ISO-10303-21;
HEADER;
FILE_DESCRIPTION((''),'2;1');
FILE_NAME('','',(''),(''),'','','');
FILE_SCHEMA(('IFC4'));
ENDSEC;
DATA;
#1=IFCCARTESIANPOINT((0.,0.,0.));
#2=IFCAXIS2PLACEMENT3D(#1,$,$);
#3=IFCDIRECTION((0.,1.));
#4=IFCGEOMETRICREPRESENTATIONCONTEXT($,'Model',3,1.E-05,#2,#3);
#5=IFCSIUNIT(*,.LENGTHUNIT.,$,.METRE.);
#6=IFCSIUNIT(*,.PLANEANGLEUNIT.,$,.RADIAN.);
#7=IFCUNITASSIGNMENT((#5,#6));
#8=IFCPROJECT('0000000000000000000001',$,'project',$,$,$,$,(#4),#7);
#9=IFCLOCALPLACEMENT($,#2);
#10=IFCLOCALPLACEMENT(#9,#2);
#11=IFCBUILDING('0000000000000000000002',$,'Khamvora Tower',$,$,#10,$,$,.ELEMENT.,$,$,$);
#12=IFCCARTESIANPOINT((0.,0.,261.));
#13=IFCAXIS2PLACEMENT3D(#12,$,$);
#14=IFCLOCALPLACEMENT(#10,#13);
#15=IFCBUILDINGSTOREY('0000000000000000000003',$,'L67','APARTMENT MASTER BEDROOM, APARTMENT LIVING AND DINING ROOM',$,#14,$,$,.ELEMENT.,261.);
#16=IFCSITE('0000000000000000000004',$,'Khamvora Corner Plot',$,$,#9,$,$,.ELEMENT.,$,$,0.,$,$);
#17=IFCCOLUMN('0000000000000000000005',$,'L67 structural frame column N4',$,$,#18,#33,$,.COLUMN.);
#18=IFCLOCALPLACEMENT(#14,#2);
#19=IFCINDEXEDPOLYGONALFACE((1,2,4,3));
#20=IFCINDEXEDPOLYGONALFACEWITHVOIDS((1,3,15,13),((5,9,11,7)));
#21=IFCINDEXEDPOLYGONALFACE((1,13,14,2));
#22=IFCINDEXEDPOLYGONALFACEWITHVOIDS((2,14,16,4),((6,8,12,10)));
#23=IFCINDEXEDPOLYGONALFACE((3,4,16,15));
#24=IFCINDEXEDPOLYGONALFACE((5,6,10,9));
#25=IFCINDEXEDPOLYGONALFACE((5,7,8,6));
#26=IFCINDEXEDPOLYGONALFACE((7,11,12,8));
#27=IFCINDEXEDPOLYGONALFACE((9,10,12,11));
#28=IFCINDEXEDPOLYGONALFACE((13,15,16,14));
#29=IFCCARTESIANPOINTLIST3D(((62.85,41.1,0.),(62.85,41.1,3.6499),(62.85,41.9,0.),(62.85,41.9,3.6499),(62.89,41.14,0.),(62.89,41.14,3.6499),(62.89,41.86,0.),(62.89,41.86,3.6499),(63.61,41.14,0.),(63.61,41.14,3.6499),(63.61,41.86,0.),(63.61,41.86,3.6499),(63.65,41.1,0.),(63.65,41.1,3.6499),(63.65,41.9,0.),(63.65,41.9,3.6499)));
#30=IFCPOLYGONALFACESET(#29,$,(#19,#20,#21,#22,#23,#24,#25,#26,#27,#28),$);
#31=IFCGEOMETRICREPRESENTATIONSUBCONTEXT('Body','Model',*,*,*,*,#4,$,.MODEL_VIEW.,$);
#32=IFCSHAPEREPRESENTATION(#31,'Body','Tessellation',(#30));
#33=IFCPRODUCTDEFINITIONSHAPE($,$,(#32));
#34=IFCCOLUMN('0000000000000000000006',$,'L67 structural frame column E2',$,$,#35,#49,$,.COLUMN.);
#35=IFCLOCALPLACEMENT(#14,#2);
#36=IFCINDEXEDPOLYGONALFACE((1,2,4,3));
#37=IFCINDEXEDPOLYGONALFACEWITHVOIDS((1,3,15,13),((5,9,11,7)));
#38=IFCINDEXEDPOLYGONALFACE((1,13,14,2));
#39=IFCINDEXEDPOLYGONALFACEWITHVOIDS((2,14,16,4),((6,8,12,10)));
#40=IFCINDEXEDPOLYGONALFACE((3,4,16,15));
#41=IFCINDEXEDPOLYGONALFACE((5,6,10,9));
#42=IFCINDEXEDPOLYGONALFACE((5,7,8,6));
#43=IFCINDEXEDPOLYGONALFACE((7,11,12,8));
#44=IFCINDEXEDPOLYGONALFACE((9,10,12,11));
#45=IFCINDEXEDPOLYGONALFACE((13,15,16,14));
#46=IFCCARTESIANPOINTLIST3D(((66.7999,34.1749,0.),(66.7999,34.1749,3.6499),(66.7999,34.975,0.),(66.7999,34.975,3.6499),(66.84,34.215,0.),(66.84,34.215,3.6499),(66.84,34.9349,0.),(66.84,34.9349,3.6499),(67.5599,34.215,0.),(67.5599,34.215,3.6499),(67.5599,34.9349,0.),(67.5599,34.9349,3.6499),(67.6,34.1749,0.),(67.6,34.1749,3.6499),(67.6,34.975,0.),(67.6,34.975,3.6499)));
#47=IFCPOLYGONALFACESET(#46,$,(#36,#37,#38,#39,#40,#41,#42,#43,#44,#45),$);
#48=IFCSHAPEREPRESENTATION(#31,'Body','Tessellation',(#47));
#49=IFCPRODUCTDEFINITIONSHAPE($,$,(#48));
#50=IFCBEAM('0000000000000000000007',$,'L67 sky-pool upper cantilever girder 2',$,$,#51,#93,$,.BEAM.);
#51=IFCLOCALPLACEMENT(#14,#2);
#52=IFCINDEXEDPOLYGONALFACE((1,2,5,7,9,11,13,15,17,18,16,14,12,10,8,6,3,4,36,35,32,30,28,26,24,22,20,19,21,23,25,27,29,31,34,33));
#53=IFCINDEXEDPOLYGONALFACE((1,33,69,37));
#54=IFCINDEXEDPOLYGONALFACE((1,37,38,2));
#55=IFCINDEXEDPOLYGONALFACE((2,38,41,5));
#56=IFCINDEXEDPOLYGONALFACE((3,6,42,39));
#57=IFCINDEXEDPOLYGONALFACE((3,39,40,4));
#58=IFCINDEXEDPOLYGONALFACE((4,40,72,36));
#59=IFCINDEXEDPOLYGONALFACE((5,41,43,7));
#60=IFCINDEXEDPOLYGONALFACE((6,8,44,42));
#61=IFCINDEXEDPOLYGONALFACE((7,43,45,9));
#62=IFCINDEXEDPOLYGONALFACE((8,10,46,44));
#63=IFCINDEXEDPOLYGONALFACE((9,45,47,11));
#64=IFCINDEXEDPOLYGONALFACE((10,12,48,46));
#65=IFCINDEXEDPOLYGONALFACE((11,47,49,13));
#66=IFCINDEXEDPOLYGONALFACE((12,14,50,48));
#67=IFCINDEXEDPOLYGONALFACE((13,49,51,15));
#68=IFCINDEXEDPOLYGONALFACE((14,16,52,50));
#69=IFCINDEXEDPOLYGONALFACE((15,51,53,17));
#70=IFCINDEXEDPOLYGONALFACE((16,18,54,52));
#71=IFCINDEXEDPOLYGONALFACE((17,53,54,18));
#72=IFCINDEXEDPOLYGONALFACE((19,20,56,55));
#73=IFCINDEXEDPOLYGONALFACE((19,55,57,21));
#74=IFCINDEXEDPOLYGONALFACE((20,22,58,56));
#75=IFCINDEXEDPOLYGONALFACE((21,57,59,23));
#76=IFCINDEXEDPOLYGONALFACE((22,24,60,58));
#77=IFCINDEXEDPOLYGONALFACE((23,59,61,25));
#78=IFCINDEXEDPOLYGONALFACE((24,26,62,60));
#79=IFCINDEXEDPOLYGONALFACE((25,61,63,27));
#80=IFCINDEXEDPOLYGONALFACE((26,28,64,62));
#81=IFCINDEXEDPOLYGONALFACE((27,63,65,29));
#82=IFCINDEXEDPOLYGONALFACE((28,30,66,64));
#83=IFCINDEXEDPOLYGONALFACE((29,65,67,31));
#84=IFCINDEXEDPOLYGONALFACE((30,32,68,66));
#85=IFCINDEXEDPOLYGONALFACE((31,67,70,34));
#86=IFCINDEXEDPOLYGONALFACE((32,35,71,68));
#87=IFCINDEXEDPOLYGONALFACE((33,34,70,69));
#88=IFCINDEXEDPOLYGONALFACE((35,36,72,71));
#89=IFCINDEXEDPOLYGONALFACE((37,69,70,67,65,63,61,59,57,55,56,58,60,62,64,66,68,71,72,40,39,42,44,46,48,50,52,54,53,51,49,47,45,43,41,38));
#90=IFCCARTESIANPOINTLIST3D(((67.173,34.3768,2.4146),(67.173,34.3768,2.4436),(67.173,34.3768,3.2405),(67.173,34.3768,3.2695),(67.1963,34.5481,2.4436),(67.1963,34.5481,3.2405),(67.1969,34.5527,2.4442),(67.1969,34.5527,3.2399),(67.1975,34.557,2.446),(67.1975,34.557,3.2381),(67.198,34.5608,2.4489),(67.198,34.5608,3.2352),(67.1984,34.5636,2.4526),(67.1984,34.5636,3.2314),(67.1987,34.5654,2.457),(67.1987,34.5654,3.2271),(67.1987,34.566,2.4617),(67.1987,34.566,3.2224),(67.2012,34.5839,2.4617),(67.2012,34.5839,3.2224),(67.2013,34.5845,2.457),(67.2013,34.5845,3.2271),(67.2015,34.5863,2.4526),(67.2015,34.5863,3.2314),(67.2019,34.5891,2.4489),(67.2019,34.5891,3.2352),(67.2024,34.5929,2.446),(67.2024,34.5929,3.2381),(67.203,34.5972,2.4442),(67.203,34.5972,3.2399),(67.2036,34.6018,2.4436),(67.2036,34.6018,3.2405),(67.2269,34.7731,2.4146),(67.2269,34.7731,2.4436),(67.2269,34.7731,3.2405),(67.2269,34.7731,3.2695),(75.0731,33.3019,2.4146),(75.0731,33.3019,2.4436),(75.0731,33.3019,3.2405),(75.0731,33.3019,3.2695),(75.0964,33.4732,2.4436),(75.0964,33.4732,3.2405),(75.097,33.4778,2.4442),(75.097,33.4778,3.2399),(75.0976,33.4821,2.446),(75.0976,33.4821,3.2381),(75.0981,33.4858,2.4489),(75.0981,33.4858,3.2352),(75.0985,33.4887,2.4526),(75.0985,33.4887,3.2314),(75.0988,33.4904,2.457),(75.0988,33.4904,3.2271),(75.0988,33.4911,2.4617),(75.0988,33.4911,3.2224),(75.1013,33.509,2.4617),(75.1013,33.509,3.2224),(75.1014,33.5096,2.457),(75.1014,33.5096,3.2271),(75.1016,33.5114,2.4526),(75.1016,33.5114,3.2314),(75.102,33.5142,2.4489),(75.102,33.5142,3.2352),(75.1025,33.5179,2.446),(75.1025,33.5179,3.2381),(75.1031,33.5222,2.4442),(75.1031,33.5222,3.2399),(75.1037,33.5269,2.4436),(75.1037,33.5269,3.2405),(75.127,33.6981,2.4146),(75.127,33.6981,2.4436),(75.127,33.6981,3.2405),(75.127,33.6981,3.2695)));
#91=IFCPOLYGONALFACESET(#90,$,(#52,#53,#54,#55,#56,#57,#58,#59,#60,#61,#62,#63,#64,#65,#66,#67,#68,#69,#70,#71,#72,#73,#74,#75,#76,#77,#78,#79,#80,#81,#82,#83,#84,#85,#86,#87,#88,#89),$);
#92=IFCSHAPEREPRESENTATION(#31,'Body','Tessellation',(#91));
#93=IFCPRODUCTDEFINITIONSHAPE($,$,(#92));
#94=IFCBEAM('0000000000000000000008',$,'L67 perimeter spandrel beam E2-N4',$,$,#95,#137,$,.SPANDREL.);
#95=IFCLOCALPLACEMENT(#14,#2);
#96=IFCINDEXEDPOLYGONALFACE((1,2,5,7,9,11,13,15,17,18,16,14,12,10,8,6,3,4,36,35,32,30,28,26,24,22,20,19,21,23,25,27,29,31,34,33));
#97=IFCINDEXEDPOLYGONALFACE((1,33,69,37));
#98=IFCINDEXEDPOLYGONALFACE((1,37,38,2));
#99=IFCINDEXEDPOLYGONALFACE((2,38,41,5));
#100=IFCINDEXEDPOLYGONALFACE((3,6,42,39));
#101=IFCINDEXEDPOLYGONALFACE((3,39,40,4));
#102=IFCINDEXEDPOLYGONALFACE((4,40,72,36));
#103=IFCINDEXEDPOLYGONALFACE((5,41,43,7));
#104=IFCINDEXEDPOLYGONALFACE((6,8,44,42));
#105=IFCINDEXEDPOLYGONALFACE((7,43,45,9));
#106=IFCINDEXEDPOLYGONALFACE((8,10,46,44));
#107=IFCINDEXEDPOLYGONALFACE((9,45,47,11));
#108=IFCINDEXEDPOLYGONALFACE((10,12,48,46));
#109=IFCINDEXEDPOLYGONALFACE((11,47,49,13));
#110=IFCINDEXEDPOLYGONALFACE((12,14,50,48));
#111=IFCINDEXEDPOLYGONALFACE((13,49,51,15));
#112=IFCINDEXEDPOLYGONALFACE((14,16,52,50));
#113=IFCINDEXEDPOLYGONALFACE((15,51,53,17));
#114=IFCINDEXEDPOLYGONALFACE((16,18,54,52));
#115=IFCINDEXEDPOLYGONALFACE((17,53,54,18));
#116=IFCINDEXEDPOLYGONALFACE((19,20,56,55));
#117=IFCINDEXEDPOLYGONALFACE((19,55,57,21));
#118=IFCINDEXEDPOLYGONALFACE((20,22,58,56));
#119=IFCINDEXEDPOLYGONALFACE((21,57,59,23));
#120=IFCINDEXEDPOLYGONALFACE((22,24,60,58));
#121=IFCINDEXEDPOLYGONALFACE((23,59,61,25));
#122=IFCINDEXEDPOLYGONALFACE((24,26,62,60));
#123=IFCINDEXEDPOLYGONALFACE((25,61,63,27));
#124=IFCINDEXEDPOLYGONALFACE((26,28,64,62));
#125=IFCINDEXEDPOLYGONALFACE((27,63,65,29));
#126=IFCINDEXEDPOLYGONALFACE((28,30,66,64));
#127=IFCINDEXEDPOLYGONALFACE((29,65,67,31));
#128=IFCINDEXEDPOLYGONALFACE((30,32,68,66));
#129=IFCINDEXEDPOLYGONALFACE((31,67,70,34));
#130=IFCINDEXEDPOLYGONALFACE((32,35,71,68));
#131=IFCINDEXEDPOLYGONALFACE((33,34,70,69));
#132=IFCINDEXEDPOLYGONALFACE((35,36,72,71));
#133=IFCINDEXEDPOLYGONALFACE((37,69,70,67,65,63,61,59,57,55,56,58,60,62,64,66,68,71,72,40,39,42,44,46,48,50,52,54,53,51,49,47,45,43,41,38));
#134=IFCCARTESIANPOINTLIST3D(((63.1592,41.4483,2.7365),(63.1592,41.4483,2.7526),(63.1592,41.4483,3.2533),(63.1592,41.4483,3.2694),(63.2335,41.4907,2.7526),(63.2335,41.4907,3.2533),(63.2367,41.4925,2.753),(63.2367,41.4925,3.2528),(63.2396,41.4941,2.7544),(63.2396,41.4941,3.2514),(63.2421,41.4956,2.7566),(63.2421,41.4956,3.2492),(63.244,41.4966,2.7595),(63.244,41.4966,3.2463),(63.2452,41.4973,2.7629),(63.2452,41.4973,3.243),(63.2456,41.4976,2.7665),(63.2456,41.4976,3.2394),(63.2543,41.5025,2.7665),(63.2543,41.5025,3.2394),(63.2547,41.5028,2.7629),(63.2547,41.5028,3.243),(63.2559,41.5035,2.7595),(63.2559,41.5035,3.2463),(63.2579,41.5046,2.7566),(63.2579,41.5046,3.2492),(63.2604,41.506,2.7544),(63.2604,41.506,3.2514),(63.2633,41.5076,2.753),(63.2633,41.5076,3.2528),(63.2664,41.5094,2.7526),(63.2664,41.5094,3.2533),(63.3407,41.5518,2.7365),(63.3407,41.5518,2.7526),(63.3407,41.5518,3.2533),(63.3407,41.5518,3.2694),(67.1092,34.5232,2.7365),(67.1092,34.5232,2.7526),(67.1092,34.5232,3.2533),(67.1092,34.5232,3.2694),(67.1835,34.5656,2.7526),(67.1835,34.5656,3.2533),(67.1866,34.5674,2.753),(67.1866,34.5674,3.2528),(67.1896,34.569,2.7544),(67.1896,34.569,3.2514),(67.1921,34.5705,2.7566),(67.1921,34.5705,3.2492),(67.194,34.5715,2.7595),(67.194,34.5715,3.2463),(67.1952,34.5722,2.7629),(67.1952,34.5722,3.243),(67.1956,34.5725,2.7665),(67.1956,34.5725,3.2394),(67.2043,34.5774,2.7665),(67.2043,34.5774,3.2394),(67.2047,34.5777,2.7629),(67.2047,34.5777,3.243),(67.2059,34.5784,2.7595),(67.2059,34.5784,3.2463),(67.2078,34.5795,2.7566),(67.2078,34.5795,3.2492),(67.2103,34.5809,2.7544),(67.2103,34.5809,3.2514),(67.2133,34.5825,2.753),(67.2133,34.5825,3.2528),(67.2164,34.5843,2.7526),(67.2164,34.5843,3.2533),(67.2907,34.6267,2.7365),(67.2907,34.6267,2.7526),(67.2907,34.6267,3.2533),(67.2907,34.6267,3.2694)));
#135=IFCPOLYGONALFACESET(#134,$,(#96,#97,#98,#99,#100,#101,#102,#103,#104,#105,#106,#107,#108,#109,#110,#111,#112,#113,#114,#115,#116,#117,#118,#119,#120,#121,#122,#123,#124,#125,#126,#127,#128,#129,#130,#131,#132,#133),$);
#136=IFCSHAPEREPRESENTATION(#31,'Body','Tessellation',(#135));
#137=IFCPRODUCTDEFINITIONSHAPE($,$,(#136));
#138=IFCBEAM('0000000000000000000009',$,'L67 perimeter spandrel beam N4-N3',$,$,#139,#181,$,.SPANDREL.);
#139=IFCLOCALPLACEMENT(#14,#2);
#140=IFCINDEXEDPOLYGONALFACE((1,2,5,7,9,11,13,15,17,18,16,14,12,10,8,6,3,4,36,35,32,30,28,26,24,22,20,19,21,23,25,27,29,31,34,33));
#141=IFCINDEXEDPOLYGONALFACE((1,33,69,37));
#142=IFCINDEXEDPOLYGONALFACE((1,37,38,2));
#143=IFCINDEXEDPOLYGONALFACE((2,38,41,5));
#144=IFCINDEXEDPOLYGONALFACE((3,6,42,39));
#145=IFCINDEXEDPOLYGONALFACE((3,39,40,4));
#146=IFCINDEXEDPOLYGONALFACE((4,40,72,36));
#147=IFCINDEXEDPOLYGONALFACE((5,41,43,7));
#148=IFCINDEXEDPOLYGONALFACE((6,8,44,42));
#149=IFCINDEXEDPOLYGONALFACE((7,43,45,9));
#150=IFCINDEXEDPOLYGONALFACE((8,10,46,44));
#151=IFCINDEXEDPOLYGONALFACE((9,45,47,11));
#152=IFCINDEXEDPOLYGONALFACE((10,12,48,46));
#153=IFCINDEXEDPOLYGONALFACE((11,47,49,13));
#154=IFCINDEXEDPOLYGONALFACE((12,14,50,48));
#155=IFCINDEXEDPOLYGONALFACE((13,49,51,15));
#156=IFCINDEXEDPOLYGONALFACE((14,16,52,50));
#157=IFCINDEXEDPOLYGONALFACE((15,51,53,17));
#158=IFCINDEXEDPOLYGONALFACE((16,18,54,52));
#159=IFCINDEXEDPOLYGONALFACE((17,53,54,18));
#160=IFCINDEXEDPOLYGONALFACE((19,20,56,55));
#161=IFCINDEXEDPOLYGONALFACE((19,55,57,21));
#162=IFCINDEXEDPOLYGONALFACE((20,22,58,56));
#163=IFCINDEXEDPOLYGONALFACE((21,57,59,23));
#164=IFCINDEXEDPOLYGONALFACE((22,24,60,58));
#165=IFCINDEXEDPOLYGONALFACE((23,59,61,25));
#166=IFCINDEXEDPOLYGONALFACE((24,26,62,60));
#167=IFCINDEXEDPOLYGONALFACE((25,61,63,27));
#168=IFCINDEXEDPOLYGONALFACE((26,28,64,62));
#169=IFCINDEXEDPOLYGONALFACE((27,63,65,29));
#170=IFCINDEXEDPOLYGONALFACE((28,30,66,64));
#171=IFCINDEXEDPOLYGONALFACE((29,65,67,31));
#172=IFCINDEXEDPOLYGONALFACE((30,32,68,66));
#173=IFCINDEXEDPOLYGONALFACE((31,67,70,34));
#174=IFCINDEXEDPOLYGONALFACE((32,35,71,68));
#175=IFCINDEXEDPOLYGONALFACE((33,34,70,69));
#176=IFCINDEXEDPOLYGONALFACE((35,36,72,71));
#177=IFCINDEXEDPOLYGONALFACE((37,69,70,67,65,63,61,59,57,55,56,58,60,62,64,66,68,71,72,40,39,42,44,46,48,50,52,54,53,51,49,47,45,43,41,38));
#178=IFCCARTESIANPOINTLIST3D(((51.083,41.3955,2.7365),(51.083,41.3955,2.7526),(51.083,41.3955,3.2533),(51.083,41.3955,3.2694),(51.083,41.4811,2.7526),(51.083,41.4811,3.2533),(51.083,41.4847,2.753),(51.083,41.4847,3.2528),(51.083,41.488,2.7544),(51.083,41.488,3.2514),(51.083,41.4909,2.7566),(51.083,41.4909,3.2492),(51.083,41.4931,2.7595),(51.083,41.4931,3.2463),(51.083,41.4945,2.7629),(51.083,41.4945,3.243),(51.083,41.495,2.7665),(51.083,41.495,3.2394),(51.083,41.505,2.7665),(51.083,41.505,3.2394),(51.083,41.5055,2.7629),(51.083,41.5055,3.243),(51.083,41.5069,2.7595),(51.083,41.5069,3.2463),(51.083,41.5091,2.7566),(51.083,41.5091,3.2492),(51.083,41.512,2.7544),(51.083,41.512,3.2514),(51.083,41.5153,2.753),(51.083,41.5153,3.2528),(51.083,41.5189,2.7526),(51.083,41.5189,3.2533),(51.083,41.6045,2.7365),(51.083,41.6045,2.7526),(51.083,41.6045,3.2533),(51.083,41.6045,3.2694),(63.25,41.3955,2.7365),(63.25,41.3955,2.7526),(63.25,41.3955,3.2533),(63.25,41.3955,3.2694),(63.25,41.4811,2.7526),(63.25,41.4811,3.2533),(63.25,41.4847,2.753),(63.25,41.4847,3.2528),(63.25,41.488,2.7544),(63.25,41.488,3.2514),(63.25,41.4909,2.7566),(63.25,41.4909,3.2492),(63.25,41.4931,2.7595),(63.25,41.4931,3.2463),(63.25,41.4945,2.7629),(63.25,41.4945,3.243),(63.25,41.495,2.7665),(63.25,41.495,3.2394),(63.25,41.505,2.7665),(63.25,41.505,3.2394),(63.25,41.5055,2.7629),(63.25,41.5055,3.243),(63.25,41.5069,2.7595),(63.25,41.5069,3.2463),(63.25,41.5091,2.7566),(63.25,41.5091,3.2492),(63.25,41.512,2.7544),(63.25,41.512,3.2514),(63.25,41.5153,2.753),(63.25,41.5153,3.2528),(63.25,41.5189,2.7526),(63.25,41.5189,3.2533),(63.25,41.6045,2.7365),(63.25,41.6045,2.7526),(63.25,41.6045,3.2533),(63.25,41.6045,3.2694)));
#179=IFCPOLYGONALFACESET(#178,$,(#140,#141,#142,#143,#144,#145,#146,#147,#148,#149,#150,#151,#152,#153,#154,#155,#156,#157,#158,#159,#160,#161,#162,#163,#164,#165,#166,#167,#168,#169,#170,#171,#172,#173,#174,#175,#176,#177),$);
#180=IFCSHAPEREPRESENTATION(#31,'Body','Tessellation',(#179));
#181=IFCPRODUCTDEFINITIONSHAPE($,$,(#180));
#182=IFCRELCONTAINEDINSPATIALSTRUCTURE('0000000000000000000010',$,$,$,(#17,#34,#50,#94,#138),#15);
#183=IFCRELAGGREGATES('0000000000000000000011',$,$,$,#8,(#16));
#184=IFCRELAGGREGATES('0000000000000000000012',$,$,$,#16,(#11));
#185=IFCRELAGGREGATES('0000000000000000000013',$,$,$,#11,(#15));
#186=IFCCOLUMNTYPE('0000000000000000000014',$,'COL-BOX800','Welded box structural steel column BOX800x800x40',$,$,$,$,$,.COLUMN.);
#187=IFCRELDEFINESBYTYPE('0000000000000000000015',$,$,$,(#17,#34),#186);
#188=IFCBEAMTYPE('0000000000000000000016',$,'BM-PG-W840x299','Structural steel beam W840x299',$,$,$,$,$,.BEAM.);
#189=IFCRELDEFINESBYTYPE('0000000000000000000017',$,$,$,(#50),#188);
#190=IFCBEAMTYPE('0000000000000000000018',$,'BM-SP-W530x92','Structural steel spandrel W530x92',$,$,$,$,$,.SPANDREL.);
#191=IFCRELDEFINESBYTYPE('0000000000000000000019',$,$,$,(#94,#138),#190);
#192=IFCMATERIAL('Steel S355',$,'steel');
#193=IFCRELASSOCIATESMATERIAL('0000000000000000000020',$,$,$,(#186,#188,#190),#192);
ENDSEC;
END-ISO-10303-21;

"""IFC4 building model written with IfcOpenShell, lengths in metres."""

from ifc_helpers import new_model, si_unit, direction, frame, origin, origin_2d, place, context, subcontext, project, spatial, hollow_rectangle, i_section, extrude, material, material_profile, profile_set, type_object, element, save


model = new_model("IFC4")

# Units and contexts
model_context = context("Model", 3, precision=1e-05, world=origin(), true_north=direction((0.0, 1.0)))
body_context = subcontext(model_context, "Body", "Model", "MODEL_VIEW")
ifc_project = project(units=[si_unit("LENGTHUNIT", "METRE"), si_unit("PLANEANGLEUNIT", "RADIAN")], contexts=[model_context])

# Site, building, storey
site_placement = place(None, origin())
site = spatial("IfcSite", under=ifc_project, at=site_placement, Name="Khamvora Corner Plot", CompositionType="ELEMENT", RefElevation=0.0)
building_placement = place(site_placement, origin())
building = spatial("IfcBuilding", under=site, at=building_placement, Name="Khamvora Tower", CompositionType="ELEMENT")
storey_placement = place(building_placement, frame((0.0, 0.0, 261.0)))
storey = spatial("IfcBuildingStorey", under=building, at=storey_placement, Name="L67", Description="APARTMENT MASTER BEDROOM, APARTMENT LIVING AND DINING ROOM", CompositionType="ELEMENT", Elevation=261.0)

# Columns
ifc_material_1 = material(Name="Steel S355", Category="steel")
ifc_material_profile_1 = material_profile(ifc_material_1, hollow_rectangle(XDim=0.8, YDim=0.8, WallThickness=0.04, at=origin_2d()), Name="BOX800x800x40")
ifc_profile_set_1 = profile_set([ifc_material_profile_1], Name="Steel S355")
column_type = type_object("IfcColumnType", Name="COL-BOX800", Description="Welded box structural steel column BOX800x800x40", PredefinedType="COLUMN", material=ifc_profile_set_1)
for number, where, z_axis, x_axis, name in (
    (1, (63.25, 41.5, 0.0), (0.0, 0.0, 1.0), (1.0, 0.0, 0.0), "L67 structural frame column N4"),
    (2, (67.2, 34.575, 0.0), (0.0, 0.0, 1.0), (1.0, 0.0, 0.0), "L67 structural frame column E2"),
):
    element("IfcColumn", number, at=place(storey_placement, frame(where, z_axis=z_axis, x_axis=x_axis)), inside=storey, type_object=column_type, Name=name, PredefinedType="COLUMN", context=body_context, shape_type="SweptSolid", body=[
        extrude(hollow_rectangle(XDim=0.8, YDim=0.8, WallThickness=0.04, at=origin_2d()), origin(), (0.0, 0.0, 1.0), 3.6499),
    ])

# Beams
ifc_material_profile_2 = material_profile(ifc_material_1, i_section(OverallWidth=0.3999, OverallDepth=0.855, WebThickness=0.0181, FlangeThickness=0.0291, FilletRadius=0.0181, at=origin_2d()), Name="W840x299")
ifc_profile_set_2 = profile_set([ifc_material_profile_2], Name="Steel S355")
beam_type_1 = type_object("IfcBeamType", Name="BM-PG-W840x299", Description="Structural steel beam W840x299", PredefinedType="BEAM", material=ifc_profile_set_2)
beam_1_placement = place(storey_placement, frame((67.2, 34.575, 2.842), z_axis=(0.990869, -0.134825, 0.0), x_axis=(0.134825, 0.990869, 0.0)))
element("IfcBeam", 3, at=beam_1_placement, inside=storey, type_object=beam_type_1, Name="L67 sky-pool upper cantilever girder 2", PredefinedType="BEAM", context=body_context, shape_type="SweptSolid", body=[
    extrude(i_section(OverallWidth=0.3999, OverallDepth=0.855, WebThickness=0.0181, FlangeThickness=0.0291, FilletRadius=0.0181, at=origin_2d()), origin(), (0.0, 0.0, 1.0), 7.9729),
])
ifc_material_profile_3 = material_profile(ifc_material_1, i_section(OverallWidth=0.209, OverallDepth=0.533, WebThickness=0.01, FlangeThickness=0.0161, FilletRadius=0.0139, at=origin_2d()), Name="W530x92")
ifc_profile_set_3 = profile_set([ifc_material_profile_3], Name="Steel S355")
beam_type_2 = type_object("IfcBeamType", Name="BM-SP-W530x92", Description="Structural steel spandrel W530x92", PredefinedType="SPANDREL", material=ifc_profile_set_3)
beam_2_placement = place(storey_placement, frame((67.2, 34.575, 3.0029), z_axis=(-0.495456, 0.868633, 0.0), x_axis=(-0.868633, -0.495456, 0.0)))
element("IfcBeam", 4, at=beam_2_placement, inside=storey, type_object=beam_type_2, Name="L67 perimeter spandrel beam E2-N4", PredefinedType="SPANDREL", context=body_context, shape_type="SweptSolid", body=[
    extrude(i_section(OverallWidth=0.209, OverallDepth=0.533, WebThickness=0.01, FlangeThickness=0.0161, FilletRadius=0.0139, at=origin_2d()), origin(), (0.0, 0.0, 1.0), 7.9724),
])
beam_3_placement = place(storey_placement, frame((63.25, 41.5, 3.0029), z_axis=(-1.0, 0.0, 0.0), x_axis=(0.0, -1.0, 0.0)))
element("IfcBeam", 5, at=beam_3_placement, inside=storey, type_object=beam_type_2, Name="L67 perimeter spandrel beam N4-N3", PredefinedType="SPANDREL", context=body_context, shape_type="SweptSolid", body=[
    extrude(i_section(OverallWidth=0.209, OverallDepth=0.533, WebThickness=0.01, FlangeThickness=0.0161, FilletRadius=0.0139, at=origin_2d()), origin(), (0.0, 0.0, 1.0), 12.167),
])

save(model, "model.ifc")
